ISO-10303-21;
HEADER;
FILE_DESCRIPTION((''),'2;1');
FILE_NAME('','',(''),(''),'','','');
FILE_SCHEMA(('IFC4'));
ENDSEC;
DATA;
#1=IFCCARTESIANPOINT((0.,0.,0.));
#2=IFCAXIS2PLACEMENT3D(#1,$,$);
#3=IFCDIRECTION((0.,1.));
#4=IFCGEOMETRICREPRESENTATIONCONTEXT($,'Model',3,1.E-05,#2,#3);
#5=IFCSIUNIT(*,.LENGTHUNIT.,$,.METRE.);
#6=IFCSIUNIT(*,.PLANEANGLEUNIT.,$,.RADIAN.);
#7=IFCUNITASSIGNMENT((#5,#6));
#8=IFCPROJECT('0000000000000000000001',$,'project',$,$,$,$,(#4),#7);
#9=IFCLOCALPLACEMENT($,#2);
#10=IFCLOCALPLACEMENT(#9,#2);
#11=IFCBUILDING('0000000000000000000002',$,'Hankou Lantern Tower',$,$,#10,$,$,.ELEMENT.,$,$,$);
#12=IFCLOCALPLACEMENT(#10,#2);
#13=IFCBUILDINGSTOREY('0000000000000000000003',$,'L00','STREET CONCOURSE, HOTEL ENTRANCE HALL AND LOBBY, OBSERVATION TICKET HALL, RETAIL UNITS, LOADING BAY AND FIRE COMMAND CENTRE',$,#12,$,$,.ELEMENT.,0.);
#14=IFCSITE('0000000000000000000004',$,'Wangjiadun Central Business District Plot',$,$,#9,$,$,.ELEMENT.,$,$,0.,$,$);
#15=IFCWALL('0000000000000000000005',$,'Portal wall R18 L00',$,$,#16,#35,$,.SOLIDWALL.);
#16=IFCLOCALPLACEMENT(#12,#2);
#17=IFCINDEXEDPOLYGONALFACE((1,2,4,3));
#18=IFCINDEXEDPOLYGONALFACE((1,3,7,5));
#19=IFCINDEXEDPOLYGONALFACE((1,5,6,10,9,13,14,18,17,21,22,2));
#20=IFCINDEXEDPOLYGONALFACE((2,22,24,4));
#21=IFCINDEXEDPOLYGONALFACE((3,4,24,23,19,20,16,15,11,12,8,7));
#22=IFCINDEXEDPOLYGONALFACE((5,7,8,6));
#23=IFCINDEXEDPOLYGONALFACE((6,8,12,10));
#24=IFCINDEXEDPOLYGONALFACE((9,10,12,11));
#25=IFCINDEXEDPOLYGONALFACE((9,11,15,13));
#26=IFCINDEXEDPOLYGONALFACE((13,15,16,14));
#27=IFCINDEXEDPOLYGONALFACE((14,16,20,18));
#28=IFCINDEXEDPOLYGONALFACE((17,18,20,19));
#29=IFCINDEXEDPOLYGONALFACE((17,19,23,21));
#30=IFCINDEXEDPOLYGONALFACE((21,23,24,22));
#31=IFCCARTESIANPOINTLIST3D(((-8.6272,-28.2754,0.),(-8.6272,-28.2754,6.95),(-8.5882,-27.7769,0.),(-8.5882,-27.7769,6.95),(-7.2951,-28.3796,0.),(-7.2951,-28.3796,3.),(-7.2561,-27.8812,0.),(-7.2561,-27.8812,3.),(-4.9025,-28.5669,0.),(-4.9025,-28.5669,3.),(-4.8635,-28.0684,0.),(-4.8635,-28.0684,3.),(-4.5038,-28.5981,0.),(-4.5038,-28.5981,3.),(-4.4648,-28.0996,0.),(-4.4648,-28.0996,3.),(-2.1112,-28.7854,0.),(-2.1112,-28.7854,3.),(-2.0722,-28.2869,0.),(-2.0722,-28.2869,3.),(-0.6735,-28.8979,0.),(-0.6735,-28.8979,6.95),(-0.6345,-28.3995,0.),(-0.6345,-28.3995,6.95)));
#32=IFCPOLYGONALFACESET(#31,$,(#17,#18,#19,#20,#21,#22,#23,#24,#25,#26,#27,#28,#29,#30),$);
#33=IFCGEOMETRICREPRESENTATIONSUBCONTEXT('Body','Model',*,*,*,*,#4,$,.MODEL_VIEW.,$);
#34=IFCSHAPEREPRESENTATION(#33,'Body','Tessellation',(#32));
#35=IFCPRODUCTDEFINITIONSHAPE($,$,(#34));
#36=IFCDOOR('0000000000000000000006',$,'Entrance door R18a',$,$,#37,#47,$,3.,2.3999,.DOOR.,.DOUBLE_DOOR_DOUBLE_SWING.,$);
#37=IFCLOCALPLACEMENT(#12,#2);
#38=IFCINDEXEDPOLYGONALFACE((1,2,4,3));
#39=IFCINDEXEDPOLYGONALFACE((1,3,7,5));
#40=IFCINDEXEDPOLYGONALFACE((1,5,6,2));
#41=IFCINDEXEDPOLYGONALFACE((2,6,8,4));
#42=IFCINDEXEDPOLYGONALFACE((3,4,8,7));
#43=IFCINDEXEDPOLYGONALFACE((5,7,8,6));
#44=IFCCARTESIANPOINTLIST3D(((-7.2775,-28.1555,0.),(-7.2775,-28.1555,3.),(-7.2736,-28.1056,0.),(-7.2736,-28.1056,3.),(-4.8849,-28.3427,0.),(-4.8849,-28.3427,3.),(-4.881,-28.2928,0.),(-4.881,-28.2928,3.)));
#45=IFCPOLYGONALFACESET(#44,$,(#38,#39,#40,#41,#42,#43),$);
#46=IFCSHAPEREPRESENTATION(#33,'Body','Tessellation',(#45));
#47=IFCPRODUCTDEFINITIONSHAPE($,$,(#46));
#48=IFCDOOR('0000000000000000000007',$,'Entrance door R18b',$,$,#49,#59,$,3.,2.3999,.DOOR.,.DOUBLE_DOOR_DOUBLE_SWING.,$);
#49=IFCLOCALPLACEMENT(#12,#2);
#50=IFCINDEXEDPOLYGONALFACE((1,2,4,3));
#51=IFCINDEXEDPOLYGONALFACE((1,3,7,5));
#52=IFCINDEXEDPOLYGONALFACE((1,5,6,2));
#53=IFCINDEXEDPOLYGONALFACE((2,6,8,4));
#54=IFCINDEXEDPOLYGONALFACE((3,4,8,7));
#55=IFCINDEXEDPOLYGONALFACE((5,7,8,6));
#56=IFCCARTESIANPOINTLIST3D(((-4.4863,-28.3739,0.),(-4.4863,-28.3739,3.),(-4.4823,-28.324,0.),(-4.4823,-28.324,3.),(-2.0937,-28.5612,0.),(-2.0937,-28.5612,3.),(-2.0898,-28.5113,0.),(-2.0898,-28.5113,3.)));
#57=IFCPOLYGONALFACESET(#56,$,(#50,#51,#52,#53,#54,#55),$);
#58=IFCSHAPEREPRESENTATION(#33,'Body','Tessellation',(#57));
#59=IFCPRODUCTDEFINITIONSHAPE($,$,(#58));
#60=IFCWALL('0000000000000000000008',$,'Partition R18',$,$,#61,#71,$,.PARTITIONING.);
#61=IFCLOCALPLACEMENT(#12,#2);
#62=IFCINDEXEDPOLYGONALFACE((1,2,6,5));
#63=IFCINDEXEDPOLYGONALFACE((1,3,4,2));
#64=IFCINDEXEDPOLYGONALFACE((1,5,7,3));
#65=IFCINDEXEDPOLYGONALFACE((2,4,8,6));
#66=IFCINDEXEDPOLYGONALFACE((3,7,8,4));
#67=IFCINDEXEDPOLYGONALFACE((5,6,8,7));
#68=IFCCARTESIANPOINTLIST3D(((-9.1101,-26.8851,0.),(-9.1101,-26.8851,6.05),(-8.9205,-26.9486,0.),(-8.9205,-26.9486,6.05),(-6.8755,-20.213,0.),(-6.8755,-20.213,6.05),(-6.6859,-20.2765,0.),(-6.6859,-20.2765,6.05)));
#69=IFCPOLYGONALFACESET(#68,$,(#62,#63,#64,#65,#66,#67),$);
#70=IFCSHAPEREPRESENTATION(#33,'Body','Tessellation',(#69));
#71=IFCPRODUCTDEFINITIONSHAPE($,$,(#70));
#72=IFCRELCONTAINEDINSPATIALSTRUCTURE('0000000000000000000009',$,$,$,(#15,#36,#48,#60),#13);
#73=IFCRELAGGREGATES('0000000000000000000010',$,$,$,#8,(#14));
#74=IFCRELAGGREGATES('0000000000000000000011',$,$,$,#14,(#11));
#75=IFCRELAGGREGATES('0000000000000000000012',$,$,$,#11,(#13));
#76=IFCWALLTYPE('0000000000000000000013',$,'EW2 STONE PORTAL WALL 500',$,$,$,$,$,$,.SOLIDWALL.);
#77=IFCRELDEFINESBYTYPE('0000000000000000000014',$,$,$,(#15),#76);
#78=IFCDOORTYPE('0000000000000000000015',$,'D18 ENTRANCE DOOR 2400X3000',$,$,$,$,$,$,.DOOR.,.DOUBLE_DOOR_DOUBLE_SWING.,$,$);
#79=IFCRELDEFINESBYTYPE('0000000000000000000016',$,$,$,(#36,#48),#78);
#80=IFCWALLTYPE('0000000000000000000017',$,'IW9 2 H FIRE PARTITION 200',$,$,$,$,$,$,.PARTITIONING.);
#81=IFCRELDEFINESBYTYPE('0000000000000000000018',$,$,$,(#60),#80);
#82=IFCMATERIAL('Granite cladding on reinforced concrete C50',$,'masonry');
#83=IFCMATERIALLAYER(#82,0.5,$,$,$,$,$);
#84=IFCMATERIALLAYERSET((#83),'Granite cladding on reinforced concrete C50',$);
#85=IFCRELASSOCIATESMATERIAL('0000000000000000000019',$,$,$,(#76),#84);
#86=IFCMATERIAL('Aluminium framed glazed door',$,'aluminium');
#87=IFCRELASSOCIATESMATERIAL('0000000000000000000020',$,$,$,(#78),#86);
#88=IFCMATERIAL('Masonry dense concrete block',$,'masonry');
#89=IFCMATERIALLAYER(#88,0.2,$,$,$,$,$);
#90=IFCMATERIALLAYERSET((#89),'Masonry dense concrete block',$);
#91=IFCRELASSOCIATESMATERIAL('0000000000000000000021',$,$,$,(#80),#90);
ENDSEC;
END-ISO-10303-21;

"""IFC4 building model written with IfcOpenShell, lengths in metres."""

from ifc_helpers import new_model, si_unit, direction, frame, frame_2d, origin, place, context, subcontext, project, spatial, rectangle, extrude, material, layer, layer_set, type_object, element, fill, save


model = new_model("IFC4")

# Units and contexts
model_context = context("Model", 3, precision=1e-05, world=origin(), true_north=direction((0.0, 1.0)))
body_context = subcontext(model_context, "Body", "Model", "MODEL_VIEW")
ifc_project = project(units=[si_unit("LENGTHUNIT", "METRE"), si_unit("PLANEANGLEUNIT", "RADIAN")], contexts=[model_context])

# Site, building, storey
site_placement = place(None, origin())
site = spatial("IfcSite", under=ifc_project, at=site_placement, Name="Wangjiadun Central Business District Plot", CompositionType="ELEMENT", RefElevation=0.0)
building_placement = place(site_placement, origin())
building = spatial("IfcBuilding", under=site, at=building_placement, Name="Hankou Lantern Tower", CompositionType="ELEMENT")
storey_placement = place(building_placement, origin())
storey = spatial("IfcBuildingStorey", under=building, at=storey_placement, Name="L00", Description="STREET CONCOURSE, HOTEL ENTRANCE HALL AND LOBBY, OBSERVATION TICKET HALL, RETAIL UNITS, LOADING BAY AND FIRE COMMAND CENTRE", CompositionType="ELEMENT", Elevation=0.0)

# Wall, openings, doors
ifc_material_1 = material(Name="Granite cladding on reinforced concrete C50", Category="masonry")
ifc_layer_1 = layer(ifc_material_1, 0.5)
ifc_layer_set_1 = layer_set([ifc_layer_1], Name="Granite cladding on reinforced concrete C50")
wall_type_1 = type_object("IfcWallType", Name="EW2 STONE PORTAL WALL 500", PredefinedType="SOLIDWALL", material=ifc_layer_set_1)
wall_1_placement = place(storey_placement, frame((-8.6077, -28.0261, 0.0), z_axis=(0.0, 0.0, 1.0), x_axis=(0.996951, -0.078035, 0.0)))
wall_1 = element("IfcWall", 1, at=wall_1_placement, inside=storey, type_object=wall_type_1, Name="Portal wall R18 L00", PredefinedType="SOLIDWALL", context=body_context, shape_type="SweptSolid", body=[
    extrude(rectangle(XDim=7.978, YDim=0.5, at=frame_2d((3.989, 0.0))), origin(), (0.0, 0.0, 1.0), 6.95),
])
opening_1_placement = place(wall_1_placement, frame((1.3362, 0.0, 0.0)))
opening_1 = element("IfcOpeningElement", 2, at=opening_1_placement, cuts=wall_1, PredefinedType="OPENING", context=body_context, shape_type="SweptSolid", body=[
    extrude(rectangle(XDim=2.3999, YDim=3.0, at=frame_2d((1.2, 1.5))), frame((0.0, 0.26, 0.0), z_axis=(0.0, -1.0, 0.0), x_axis=(1.0, 0.0, 0.0)), (0.0, 0.0, 1.0), 0.52),
])
opening_2_placement = place(wall_1_placement, frame((4.136, 0.0, 0.0)))
opening_2 = element("IfcOpeningElement", 3, at=opening_2_placement, cuts=wall_1, PredefinedType="OPENING", context=body_context, shape_type="SweptSolid", body=[
    extrude(rectangle(XDim=2.3999, YDim=3.0, at=frame_2d((1.2, 1.5))), frame((0.0, 0.26, 0.0), z_axis=(0.0, -1.0, 0.0), x_axis=(1.0, 0.0, 0.0)), (0.0, 0.0, 1.0), 0.52),
])
ifc_material_2 = material(Name="Aluminium framed glazed door", Category="aluminium")
door_type = type_object("IfcDoorType", Name="D18 ENTRANCE DOOR 2400X3000", OperationType="DOUBLE_DOOR_DOUBLE_SWING", PredefinedType="DOOR", material=ifc_material_2)
door_1_placement = place(opening_1_placement, origin())
door_1 = element("IfcDoor", 4, at=door_1_placement, inside=storey, type_object=door_type, Name="Entrance door R18a", OperationType="DOUBLE_DOOR_DOUBLE_SWING", OverallHeight=3.0, OverallWidth=2.3999, PredefinedType="DOOR", context=body_context, shape_type="SweptSolid", body=[
    extrude(rectangle(XDim=2.3999, YDim=3.0, at=frame_2d((1.2, 1.5))), frame((0.0, 0.0249, 0.0), z_axis=(0.0, -1.0, 0.0), x_axis=(1.0, 0.0, 0.0)), (0.0, 0.0, 1.0), 0.05),
])
fill(opening_1, door_1)
door_2_placement = place(opening_2_placement, origin())
door_2 = element("IfcDoor", 5, at=door_2_placement, inside=storey, type_object=door_type, Name="Entrance door R18b", OperationType="DOUBLE_DOOR_DOUBLE_SWING", OverallHeight=3.0, OverallWidth=2.3999, PredefinedType="DOOR", context=body_context, shape_type="SweptSolid", body=[
    extrude(rectangle(XDim=2.3999, YDim=3.0, at=frame_2d((1.2, 1.5))), frame((0.0, 0.0249, 0.0), z_axis=(0.0, -1.0, 0.0), x_axis=(1.0, 0.0, 0.0)), (0.0, 0.0, 1.0), 0.05),
])
fill(opening_2, door_2)

# Wall
ifc_material_3 = material(Name="Masonry dense concrete block", Category="masonry")
ifc_layer_2 = layer(ifc_material_3, 0.2)
ifc_layer_set_2 = layer_set([ifc_layer_2], Name="Masonry dense concrete block")
wall_type_2 = type_object("IfcWallType", Name="IW9 2 H FIRE PARTITION 200", PredefinedType="PARTITIONING", material=ifc_layer_set_2)
wall_2_placement = place(storey_placement, frame((-6.7808, -20.2449, 0.0), z_axis=(0.0, 0.0, 1.0), x_axis=(-0.317581, -0.948231, 0.0)))
element("IfcWall", 6, at=wall_2_placement, inside=storey, type_object=wall_type_2, Name="Partition R18", PredefinedType="PARTITIONING", context=body_context, shape_type="SweptSolid", body=[
    extrude(rectangle(XDim=7.0364, YDim=0.2, at=frame_2d((3.5181, 0.0))), origin(), (0.0, 0.0, 1.0), 6.05),
])

save(model, "model.ifc")
